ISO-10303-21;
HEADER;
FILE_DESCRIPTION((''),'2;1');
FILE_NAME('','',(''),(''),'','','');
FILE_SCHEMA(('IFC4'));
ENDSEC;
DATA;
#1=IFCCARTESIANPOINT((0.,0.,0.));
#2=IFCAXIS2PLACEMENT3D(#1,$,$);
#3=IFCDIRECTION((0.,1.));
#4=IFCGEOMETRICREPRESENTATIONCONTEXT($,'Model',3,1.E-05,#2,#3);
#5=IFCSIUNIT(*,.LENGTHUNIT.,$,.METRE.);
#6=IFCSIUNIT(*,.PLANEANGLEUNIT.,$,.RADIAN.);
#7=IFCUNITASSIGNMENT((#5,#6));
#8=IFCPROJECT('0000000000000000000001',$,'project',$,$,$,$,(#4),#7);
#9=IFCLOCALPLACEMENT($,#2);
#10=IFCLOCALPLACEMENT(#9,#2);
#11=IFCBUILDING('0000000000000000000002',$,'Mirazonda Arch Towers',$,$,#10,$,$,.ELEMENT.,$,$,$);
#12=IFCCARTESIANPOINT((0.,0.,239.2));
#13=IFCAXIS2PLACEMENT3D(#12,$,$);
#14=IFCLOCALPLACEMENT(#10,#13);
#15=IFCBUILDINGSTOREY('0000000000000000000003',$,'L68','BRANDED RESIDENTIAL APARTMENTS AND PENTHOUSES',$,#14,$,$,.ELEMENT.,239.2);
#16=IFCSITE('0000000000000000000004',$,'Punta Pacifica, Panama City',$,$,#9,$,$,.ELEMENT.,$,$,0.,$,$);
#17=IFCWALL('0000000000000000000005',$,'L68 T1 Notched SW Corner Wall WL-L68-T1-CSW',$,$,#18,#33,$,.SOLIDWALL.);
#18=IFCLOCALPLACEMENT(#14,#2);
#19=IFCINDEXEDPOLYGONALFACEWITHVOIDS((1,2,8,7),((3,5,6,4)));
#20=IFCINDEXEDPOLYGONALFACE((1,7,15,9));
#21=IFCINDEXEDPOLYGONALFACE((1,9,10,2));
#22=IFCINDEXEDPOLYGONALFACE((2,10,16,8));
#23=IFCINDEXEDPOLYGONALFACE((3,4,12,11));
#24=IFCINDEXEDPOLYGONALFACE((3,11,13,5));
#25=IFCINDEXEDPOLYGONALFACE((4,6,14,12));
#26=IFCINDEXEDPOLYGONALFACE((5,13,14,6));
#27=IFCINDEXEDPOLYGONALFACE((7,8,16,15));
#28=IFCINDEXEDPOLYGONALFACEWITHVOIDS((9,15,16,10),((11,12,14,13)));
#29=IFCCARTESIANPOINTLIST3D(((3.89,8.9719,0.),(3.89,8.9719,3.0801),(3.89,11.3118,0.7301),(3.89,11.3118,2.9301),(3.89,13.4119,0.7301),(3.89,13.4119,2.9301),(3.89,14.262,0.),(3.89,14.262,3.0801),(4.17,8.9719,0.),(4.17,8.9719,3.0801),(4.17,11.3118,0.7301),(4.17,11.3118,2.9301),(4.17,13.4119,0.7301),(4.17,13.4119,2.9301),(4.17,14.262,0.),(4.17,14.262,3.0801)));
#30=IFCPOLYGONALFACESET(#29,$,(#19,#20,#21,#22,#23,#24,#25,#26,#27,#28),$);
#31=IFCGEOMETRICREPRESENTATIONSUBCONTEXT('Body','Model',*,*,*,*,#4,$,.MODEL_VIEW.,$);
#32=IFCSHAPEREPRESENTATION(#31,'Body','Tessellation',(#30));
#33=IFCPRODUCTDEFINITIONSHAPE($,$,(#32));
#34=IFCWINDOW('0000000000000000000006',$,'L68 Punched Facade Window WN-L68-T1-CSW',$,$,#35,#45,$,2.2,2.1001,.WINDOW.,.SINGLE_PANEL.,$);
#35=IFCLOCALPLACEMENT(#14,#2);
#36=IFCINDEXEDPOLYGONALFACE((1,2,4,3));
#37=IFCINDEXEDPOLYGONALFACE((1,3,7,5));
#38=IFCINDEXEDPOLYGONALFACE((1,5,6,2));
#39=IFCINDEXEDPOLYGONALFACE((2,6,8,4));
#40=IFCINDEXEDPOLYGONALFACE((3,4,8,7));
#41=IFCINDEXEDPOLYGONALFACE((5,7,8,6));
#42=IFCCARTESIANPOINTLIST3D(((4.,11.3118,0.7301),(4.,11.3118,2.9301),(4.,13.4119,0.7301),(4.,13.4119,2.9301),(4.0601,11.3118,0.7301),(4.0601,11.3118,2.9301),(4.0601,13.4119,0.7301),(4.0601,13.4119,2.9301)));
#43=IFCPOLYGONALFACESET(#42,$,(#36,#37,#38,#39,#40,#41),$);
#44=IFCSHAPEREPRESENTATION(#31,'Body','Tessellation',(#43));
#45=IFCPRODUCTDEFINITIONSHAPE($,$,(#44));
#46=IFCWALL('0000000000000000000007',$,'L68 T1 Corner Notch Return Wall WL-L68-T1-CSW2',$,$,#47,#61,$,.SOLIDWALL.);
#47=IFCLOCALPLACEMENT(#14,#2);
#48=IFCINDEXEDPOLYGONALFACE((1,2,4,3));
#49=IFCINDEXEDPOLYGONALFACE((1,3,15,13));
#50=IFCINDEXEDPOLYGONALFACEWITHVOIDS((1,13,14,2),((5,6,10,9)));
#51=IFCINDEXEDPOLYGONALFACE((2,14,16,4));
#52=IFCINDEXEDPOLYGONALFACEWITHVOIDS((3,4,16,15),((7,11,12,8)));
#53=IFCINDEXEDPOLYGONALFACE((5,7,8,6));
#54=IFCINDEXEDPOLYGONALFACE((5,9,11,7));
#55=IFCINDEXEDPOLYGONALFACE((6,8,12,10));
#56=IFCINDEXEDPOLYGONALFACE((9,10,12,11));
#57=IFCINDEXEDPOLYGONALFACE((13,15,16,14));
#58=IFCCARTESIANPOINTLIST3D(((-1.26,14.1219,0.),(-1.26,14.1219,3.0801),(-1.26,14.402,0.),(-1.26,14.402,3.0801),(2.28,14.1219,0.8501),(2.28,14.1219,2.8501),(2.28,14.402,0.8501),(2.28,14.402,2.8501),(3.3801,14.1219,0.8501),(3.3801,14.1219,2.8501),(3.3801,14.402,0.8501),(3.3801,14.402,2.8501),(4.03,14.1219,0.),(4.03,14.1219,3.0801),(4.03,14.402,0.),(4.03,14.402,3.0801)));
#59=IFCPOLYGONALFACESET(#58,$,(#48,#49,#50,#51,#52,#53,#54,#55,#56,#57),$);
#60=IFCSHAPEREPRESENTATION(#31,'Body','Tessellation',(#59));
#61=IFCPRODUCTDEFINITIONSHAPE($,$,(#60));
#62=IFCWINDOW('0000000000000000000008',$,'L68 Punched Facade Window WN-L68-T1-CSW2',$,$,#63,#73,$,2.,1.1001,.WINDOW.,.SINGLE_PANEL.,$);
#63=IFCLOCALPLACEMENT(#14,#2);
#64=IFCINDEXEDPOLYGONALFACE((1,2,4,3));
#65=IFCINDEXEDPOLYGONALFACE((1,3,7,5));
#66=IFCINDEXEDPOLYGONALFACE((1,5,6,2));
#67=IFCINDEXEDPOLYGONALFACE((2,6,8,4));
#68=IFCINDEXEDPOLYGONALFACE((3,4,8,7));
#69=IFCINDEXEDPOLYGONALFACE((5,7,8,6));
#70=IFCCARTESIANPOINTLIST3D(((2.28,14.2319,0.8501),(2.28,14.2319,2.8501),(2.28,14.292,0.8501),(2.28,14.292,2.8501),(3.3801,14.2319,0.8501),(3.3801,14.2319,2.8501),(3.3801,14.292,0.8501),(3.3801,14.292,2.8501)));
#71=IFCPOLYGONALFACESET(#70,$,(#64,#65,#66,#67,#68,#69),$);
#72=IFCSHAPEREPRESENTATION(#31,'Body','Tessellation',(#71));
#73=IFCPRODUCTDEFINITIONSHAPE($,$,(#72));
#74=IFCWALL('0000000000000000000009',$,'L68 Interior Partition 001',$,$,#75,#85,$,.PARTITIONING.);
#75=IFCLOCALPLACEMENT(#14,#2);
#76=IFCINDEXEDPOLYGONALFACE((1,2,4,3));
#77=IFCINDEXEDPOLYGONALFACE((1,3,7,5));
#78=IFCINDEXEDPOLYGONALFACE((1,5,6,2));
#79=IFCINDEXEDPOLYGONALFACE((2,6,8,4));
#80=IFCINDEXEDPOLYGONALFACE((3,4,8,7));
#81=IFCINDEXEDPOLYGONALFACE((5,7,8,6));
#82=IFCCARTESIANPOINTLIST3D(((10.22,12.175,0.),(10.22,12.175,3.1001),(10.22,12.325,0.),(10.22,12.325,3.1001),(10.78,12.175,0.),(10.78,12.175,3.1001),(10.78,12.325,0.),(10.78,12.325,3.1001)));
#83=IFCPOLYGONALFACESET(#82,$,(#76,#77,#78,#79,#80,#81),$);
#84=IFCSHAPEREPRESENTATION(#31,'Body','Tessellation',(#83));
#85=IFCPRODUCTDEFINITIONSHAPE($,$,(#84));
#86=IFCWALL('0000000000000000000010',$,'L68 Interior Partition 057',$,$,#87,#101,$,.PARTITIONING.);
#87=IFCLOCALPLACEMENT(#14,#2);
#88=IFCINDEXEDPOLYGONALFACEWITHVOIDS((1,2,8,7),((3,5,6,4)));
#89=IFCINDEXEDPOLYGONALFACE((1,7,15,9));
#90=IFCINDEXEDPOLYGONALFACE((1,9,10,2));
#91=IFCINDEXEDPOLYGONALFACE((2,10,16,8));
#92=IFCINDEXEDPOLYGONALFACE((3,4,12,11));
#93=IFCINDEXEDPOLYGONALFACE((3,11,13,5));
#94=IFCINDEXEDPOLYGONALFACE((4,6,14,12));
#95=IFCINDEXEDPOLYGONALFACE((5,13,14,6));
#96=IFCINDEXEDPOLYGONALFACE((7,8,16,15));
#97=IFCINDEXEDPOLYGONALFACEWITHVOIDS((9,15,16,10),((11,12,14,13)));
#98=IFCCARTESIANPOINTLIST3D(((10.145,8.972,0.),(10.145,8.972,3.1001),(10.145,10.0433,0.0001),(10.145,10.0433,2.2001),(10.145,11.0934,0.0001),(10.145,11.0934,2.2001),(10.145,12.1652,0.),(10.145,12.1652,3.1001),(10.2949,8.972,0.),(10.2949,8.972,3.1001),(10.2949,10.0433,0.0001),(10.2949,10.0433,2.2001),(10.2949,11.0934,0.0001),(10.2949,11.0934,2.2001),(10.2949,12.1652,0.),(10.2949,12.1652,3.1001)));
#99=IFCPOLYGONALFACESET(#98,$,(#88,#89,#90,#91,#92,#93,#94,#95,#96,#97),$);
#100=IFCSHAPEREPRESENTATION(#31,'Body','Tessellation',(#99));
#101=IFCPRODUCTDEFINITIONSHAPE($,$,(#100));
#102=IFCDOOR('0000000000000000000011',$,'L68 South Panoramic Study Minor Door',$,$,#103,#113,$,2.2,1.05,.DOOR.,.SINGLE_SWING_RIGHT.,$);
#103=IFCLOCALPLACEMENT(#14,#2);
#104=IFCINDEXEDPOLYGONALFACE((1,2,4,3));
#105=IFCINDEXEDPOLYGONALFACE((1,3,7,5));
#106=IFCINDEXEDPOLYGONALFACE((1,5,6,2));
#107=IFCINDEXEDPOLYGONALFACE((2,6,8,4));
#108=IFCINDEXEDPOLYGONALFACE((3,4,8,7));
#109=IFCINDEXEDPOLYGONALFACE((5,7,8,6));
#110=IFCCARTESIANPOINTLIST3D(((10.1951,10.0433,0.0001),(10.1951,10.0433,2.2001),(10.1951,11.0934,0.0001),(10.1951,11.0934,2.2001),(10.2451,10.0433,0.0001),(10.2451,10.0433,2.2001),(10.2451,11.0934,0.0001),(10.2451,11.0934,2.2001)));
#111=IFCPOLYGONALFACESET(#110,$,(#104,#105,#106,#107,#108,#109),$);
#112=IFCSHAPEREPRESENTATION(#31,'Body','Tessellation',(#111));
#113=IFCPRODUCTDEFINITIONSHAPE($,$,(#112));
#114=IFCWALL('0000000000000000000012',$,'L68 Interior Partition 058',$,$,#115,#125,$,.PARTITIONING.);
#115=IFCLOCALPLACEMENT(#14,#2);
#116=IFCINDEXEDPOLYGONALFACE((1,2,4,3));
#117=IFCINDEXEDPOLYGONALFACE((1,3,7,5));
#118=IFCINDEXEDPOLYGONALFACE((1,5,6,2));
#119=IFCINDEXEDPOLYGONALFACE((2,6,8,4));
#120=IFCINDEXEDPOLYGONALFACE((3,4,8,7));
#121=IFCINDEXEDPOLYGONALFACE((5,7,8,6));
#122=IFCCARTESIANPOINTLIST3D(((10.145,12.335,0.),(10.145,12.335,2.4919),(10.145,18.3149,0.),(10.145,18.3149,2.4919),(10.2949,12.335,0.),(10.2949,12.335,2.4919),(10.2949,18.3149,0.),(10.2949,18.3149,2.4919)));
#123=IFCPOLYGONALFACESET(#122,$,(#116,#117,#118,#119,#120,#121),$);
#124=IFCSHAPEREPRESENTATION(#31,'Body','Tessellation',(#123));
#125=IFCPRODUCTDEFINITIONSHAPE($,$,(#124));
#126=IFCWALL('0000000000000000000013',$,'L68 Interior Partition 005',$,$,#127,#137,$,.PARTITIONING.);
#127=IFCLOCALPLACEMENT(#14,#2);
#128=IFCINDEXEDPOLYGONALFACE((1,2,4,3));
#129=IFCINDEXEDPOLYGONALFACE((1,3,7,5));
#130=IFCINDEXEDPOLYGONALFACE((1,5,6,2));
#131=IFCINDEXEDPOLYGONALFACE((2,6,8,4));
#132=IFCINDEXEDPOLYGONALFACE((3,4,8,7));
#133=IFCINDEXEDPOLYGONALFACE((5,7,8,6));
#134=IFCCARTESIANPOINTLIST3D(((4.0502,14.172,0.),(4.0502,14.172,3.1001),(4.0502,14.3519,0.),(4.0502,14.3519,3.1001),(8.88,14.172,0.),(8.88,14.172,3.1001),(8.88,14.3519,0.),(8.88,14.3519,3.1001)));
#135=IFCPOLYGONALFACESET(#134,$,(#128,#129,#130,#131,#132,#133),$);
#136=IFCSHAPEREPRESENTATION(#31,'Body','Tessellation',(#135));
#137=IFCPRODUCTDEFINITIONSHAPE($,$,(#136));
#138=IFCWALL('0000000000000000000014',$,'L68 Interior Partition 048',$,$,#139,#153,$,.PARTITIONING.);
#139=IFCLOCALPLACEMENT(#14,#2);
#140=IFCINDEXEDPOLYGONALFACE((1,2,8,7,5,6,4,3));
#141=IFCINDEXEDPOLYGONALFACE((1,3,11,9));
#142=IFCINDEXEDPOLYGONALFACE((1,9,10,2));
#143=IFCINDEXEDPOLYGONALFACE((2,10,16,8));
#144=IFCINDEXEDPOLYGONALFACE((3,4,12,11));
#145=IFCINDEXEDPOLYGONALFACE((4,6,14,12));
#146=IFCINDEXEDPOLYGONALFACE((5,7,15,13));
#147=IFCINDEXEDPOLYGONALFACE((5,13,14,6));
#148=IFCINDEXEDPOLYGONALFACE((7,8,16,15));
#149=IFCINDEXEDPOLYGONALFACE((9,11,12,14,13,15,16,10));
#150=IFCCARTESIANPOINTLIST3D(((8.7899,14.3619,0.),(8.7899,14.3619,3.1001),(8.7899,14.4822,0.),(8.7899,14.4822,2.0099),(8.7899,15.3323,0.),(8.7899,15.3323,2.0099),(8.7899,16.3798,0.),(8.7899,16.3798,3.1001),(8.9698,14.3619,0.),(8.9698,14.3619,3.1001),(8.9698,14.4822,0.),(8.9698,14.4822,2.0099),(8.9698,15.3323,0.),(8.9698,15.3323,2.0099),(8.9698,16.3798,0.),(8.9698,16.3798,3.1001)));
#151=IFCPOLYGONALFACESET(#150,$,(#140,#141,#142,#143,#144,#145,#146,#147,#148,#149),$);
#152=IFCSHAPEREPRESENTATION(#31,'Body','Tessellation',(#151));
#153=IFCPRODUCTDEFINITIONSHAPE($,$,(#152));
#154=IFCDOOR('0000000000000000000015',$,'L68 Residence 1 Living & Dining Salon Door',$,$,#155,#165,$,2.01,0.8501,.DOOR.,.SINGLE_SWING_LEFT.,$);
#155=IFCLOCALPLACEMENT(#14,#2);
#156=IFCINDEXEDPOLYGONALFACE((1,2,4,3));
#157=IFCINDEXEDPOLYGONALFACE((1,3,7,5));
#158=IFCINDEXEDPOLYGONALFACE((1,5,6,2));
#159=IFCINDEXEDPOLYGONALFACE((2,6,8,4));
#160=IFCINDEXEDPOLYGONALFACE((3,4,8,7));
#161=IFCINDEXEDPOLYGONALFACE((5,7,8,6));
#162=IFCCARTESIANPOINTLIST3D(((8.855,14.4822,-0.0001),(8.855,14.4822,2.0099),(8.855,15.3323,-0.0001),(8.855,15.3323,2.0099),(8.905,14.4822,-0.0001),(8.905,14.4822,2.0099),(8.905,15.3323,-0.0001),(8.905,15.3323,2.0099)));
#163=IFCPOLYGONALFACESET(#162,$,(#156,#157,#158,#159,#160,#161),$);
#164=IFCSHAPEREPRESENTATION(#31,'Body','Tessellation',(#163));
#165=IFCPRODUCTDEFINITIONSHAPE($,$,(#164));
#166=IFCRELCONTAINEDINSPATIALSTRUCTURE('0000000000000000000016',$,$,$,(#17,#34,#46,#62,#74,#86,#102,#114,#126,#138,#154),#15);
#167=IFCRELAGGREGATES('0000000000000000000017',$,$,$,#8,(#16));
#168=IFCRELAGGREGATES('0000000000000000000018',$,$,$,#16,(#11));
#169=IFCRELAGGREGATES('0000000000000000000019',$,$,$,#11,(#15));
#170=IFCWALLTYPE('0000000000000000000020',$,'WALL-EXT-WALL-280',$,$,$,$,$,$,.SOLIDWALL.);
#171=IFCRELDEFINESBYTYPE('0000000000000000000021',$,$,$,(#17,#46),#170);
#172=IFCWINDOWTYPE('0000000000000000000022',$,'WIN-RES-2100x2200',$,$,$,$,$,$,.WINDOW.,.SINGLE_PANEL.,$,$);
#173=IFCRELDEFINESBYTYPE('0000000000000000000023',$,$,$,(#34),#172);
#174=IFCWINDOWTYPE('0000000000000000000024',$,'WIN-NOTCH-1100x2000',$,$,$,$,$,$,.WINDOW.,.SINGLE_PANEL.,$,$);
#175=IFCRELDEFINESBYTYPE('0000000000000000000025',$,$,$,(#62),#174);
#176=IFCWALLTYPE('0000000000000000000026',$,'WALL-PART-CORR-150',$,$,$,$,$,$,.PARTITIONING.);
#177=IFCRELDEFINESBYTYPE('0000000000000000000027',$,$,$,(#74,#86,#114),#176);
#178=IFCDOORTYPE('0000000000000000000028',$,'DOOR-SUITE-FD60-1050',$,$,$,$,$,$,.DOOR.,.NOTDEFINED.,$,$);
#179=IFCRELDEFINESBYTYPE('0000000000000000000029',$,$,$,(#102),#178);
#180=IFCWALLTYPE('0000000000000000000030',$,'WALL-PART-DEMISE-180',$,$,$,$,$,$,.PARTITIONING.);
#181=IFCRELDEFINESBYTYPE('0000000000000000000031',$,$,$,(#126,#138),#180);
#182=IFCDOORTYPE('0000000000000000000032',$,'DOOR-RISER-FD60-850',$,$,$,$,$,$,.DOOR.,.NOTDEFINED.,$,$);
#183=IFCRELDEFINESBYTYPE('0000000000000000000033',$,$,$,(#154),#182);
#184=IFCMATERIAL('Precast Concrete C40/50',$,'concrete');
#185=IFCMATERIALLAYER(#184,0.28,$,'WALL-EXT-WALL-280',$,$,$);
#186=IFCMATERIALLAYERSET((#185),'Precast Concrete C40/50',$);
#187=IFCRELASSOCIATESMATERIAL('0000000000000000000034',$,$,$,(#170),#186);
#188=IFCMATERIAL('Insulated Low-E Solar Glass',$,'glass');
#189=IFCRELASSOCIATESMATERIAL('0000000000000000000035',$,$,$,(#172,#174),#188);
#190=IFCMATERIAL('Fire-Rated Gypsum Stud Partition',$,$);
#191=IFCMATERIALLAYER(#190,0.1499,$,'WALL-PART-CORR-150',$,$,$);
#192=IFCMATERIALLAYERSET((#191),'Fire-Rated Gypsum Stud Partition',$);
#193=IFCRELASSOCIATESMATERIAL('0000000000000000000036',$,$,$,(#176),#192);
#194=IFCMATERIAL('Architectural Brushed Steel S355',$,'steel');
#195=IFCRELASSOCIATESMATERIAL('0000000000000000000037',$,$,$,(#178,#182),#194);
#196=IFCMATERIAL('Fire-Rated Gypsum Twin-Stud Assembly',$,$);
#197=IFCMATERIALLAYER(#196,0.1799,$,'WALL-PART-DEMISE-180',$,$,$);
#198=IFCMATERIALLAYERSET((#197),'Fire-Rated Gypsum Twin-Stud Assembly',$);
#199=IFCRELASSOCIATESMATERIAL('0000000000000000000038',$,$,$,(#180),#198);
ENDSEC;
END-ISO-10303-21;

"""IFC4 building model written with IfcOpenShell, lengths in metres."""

from ifc_helpers import new_model, si_unit, direction, frame, frame_2d, origin, place, context, subcontext, project, spatial, rectangle, extrude, material, layer, layer_set, type_object, element, fill, save


model = new_model("IFC4")

# Units and contexts
model_context = context("Model", 3, precision=1e-05, world=origin(), true_north=direction((0.0, 1.0)))
body_context = subcontext(model_context, "Body", "Model", "MODEL_VIEW")
ifc_project = project(units=[si_unit("LENGTHUNIT", "METRE"), si_unit("PLANEANGLEUNIT", "RADIAN")], contexts=[model_context])

# Site, building, storey
site_placement = place(None, origin())
site = spatial("IfcSite", under=ifc_project, at=site_placement, Name="Punta Pacifica, Panama City", CompositionType="ELEMENT", RefElevation=0.0)
building_placement = place(site_placement, origin())
building = spatial("IfcBuilding", under=site, at=building_placement, Name="Mirazonda Arch Towers", CompositionType="ELEMENT")
storey_placement = place(building_placement, frame((0.0, 0.0, 239.2)))
storey = spatial("IfcBuildingStorey", under=building, at=storey_placement, Name="L68", Description="BRANDED RESIDENTIAL APARTMENTS AND PENTHOUSES", CompositionType="ELEMENT", Elevation=239.2)

# Shared definitions
ifc_material_1 = material(Name="Insulated Low-E Solar Glass", Category="glass")

# Walls, openings, windows
ifc_material_2 = material(Name="Precast Concrete C40/50", Category="concrete")
ifc_layer_1 = layer(ifc_material_2, 0.28, Name="WALL-EXT-WALL-280")
ifc_layer_set_1 = layer_set([ifc_layer_1], Name="Precast Concrete C40/50")
wall_type_1 = type_object("IfcWallType", Name="WALL-EXT-WALL-280", PredefinedType="SOLIDWALL", material=ifc_layer_set_1)
wall_1_placement = place(storey_placement, frame((4.03, 14.262, 0.0), z_axis=(0.0, 0.0, 1.0), x_axis=(0.0, -1.0, 0.0)))
wall_1 = element("IfcWall", 1, at=wall_1_placement, inside=storey, type_object=wall_type_1, Name="L68 T1 Notched SW Corner Wall WL-L68-T1-CSW", PredefinedType="SOLIDWALL", context=body_context, shape_type="SweptSolid", body=[
    extrude(rectangle(XDim=5.29, YDim=0.28, at=frame_2d((2.645, 0.0))), origin(), (0.0, 0.0, 1.0), 3.0801),
])
opening_1_placement = place(wall_1_placement, frame((0.8501, 0.0, 0.73)))
opening_1 = element("IfcOpeningElement", 2, at=opening_1_placement, cuts=wall_1, PredefinedType="OPENING", context=body_context, shape_type="SweptSolid", body=[
    extrude(rectangle(XDim=2.1001, YDim=2.2, at=frame_2d((1.05, 1.1001))), frame((0.0, 0.1499, 0.0), z_axis=(0.0, -1.0, 0.0), x_axis=(1.0, 0.0, 0.0)), (0.0, 0.0, 1.0), 0.3),
])
window_type_1 = type_object("IfcWindowType", Name="WIN-RES-2100x2200", PartitioningType="SINGLE_PANEL", PredefinedType="WINDOW", material=ifc_material_1)
window_1_placement = place(opening_1_placement, origin())
window_1 = element("IfcWindow", 3, at=window_1_placement, inside=storey, type_object=window_type_1, Name="L68 Punched Facade Window WN-L68-T1-CSW", OverallHeight=2.2, OverallWidth=2.1001, PartitioningType="SINGLE_PANEL", PredefinedType="WINDOW", context=body_context, shape_type="SweptSolid", body=[
    extrude(rectangle(XDim=2.1001, YDim=2.2, at=frame_2d((1.05, 1.1001))), frame((0.0, 0.03, 0.0), z_axis=(0.0, -1.0, 0.0), x_axis=(1.0, 0.0, 0.0)), (0.0, 0.0, 1.0), 0.0601),
])
fill(opening_1, window_1)
wall_2_placement = place(storey_placement, frame((-1.26, 14.262, 0.0), z_axis=(0.0, 0.0, 1.0), x_axis=(1.0, 0.0, 0.0)))
wall_2 = element("IfcWall", 4, at=wall_2_placement, inside=storey, type_object=wall_type_1, Name="L68 T1 Corner Notch Return Wall WL-L68-T1-CSW2", PredefinedType="SOLIDWALL", context=body_context, shape_type="SweptSolid", body=[
    extrude(rectangle(XDim=5.29, YDim=0.28, at=frame_2d((2.645, 0.0))), origin(), (0.0, 0.0, 1.0), 3.0801),
])
opening_2_placement = place(wall_2_placement, frame((3.54, 0.0, 0.8501)))
opening_2 = element("IfcOpeningElement", 5, at=opening_2_placement, cuts=wall_2, PredefinedType="OPENING", context=body_context, shape_type="SweptSolid", body=[
    extrude(rectangle(XDim=1.1001, YDim=2.0, at=frame_2d((0.55, 1.0))), frame((0.0, 0.1499, 0.0), z_axis=(0.0, -1.0, 0.0), x_axis=(1.0, 0.0, 0.0)), (0.0, 0.0, 1.0), 0.3),
])
window_type_2 = type_object("IfcWindowType", Name="WIN-NOTCH-1100x2000", PartitioningType="SINGLE_PANEL", PredefinedType="WINDOW", material=ifc_material_1)
window_2_placement = place(opening_2_placement, origin())
window_2 = element("IfcWindow", 6, at=window_2_placement, inside=storey, type_object=window_type_2, Name="L68 Punched Facade Window WN-L68-T1-CSW2", OverallHeight=2.0, OverallWidth=1.1001, PartitioningType="SINGLE_PANEL", PredefinedType="WINDOW", context=body_context, shape_type="SweptSolid", body=[
    extrude(rectangle(XDim=1.1001, YDim=2.0, at=frame_2d((0.55, 1.0))), frame((0.0, 0.03, 0.0), z_axis=(0.0, -1.0, 0.0), x_axis=(1.0, 0.0, 0.0)), (0.0, 0.0, 1.0), 0.0601),
])
fill(opening_2, window_2)

# Wall
ifc_material_3 = material(Name="Fire-Rated Gypsum Stud Partition")
ifc_layer_2 = layer(ifc_material_3, 0.1499, Name="WALL-PART-CORR-150")
ifc_layer_set_2 = layer_set([ifc_layer_2], Name="Fire-Rated Gypsum Stud Partition")
wall_type_2 = type_object("IfcWallType", Name="WALL-PART-CORR-150", PredefinedType="PARTITIONING", material=ifc_layer_set_2)
wall_3_placement = place(storey_placement, frame((10.22, 12.25, 0.0), z_axis=(0.0, 0.0, 1.0), x_axis=(1.0, 0.0, 0.0)))
element("IfcWall", 7, at=wall_3_placement, inside=storey, type_object=wall_type_2, Name="L68 Interior Partition 001", PredefinedType="PARTITIONING", context=body_context, shape_type="SweptSolid", body=[
    extrude(rectangle(XDim=0.5601, YDim=0.1499, at=frame_2d((0.28, 0.0))), origin(), (0.0, 0.0, 1.0), 3.1001),
])

# Wall, opening, door
wall_4_placement = place(storey_placement, frame((10.22, 8.9719, 0.0), z_axis=(0.0, 0.0, 1.0), x_axis=(0.0, 1.0, 0.0)))
wall_4 = element("IfcWall", 8, at=wall_4_placement, inside=storey, type_object=wall_type_2, Name="L68 Interior Partition 057", PredefinedType="PARTITIONING", context=body_context, shape_type="SweptSolid", body=[
    extrude(rectangle(XDim=3.1931, YDim=0.1499, at=frame_2d((1.5967, 0.0))), origin(), (0.0, 0.0, 1.0), 3.1001),
])
opening_3_placement = place(wall_4_placement, frame((1.0715, 0.0, 0.0)))
opening_3 = element("IfcOpeningElement", 9, at=opening_3_placement, cuts=wall_4, PredefinedType="OPENING", context=body_context, shape_type="SweptSolid", body=[
    extrude(rectangle(XDim=1.05, YDim=2.2, at=frame_2d((0.5249, 1.1001))), frame((0.0, 0.085, 0.0), z_axis=(0.0, -1.0, 0.0), x_axis=(1.0, 0.0, 0.0)), (0.0, 0.0, 1.0), 0.1699),
])
ifc_material_4 = material(Name="Architectural Brushed Steel S355", Category="steel")
door_type_1 = type_object("IfcDoorType", Name="DOOR-SUITE-FD60-1050", OperationType="NOTDEFINED", PredefinedType="DOOR", material=ifc_material_4)
door_1_placement = place(opening_3_placement, origin())
door_1 = element("IfcDoor", 10, at=door_1_placement, inside=storey, type_object=door_type_1, Name="L68 South Panoramic Study Minor Door", OperationType="SINGLE_SWING_RIGHT", OverallHeight=2.2, OverallWidth=1.05, PredefinedType="DOOR", context=body_context, shape_type="SweptSolid", body=[
    extrude(rectangle(XDim=1.05, YDim=2.2, at=frame_2d((0.5249, 1.1001))), frame((0.0, 0.0249, 0.0), z_axis=(0.0, -1.0, 0.0), x_axis=(1.0, 0.0, 0.0)), (0.0, 0.0, 1.0), 0.05),
])
fill(opening_3, door_1)

# Walls
wall_5_placement = place(storey_placement, frame((10.22, 12.335, 0.0), z_axis=(0.0, 0.0, 1.0), x_axis=(0.0, 1.0, 0.0)))
element("IfcWall", 11, at=wall_5_placement, inside=storey, type_object=wall_type_2, Name="L68 Interior Partition 058", PredefinedType="PARTITIONING", context=body_context, shape_type="SweptSolid", body=[
    extrude(rectangle(XDim=5.98, YDim=0.1499, at=frame_2d((2.99, 0.0))), origin(), (0.0, 0.0, 1.0), 2.4919),
])
ifc_material_5 = material(Name="Fire-Rated Gypsum Twin-Stud Assembly")
ifc_layer_3 = layer(ifc_material_5, 0.1799, Name="WALL-PART-DEMISE-180")
ifc_layer_set_3 = layer_set([ifc_layer_3], Name="Fire-Rated Gypsum Twin-Stud Assembly")
wall_type_3 = type_object("IfcWallType", Name="WALL-PART-DEMISE-180", PredefinedType="PARTITIONING", material=ifc_layer_set_3)
wall_6_placement = place(storey_placement, frame((4.05, 14.262, 0.0), z_axis=(0.0, 0.0, 1.0), x_axis=(1.0, 0.0, 0.0)))
element("IfcWall", 12, at=wall_6_placement, inside=storey, type_object=wall_type_3, Name="L68 Interior Partition 005", PredefinedType="PARTITIONING", context=body_context, shape_type="SweptSolid", body=[
    extrude(rectangle(XDim=4.8298, YDim=0.1799, at=frame_2d((2.415, 0.0))), origin(), (0.0, 0.0, 1.0), 3.1001),
])

# Wall, opening, door
wall_7_placement = place(storey_placement, frame((8.8799, 14.3621, 0.0), z_axis=(0.0, 0.0, 1.0), x_axis=(0.0, 1.0, 0.0)))
wall_7 = element("IfcWall", 13, at=wall_7_placement, inside=storey, type_object=wall_type_3, Name="L68 Interior Partition 048", PredefinedType="PARTITIONING", context=body_context, shape_type="SweptSolid", body=[
    extrude(rectangle(XDim=2.0178, YDim=0.1799, at=frame_2d((1.0088, 0.0))), origin(), (0.0, 0.0, 1.0), 3.1001),
])
opening_4_placement = place(wall_7_placement, frame((0.1201, 0.0, 0.0)))
opening_4 = element("IfcOpeningElement", 14, at=opening_4_placement, cuts=wall_7, PredefinedType="OPENING", context=body_context, shape_type="SweptSolid", body=[
    extrude(rectangle(XDim=0.8501, YDim=2.01, at=frame_2d((0.425, 1.0049))), frame((0.0, 0.0999, 0.0), z_axis=(0.0, -1.0, 0.0), x_axis=(1.0, 0.0, 0.0)), (0.0, 0.0, 1.0), 0.2),
])
door_type_2 = type_object("IfcDoorType", Name="DOOR-RISER-FD60-850", OperationType="NOTDEFINED", PredefinedType="DOOR", material=ifc_material_4)
door_2_placement = place(opening_4_placement, origin())
door_2 = element("IfcDoor", 15, at=door_2_placement, inside=storey, type_object=door_type_2, Name="L68 Residence 1 Living & Dining Salon Door", OperationType="SINGLE_SWING_LEFT", OverallHeight=2.01, OverallWidth=0.8501, PredefinedType="DOOR", context=body_context, shape_type="SweptSolid", body=[
    extrude(rectangle(XDim=0.8501, YDim=2.01, at=frame_2d((0.425, 1.0049))), frame((0.0, 0.0249, 0.0), z_axis=(0.0, -1.0, 0.0), x_axis=(1.0, 0.0, 0.0)), (0.0, 0.0, 1.0), 0.05),
])
fill(opening_4, door_2)

save(model, "model.ifc")
